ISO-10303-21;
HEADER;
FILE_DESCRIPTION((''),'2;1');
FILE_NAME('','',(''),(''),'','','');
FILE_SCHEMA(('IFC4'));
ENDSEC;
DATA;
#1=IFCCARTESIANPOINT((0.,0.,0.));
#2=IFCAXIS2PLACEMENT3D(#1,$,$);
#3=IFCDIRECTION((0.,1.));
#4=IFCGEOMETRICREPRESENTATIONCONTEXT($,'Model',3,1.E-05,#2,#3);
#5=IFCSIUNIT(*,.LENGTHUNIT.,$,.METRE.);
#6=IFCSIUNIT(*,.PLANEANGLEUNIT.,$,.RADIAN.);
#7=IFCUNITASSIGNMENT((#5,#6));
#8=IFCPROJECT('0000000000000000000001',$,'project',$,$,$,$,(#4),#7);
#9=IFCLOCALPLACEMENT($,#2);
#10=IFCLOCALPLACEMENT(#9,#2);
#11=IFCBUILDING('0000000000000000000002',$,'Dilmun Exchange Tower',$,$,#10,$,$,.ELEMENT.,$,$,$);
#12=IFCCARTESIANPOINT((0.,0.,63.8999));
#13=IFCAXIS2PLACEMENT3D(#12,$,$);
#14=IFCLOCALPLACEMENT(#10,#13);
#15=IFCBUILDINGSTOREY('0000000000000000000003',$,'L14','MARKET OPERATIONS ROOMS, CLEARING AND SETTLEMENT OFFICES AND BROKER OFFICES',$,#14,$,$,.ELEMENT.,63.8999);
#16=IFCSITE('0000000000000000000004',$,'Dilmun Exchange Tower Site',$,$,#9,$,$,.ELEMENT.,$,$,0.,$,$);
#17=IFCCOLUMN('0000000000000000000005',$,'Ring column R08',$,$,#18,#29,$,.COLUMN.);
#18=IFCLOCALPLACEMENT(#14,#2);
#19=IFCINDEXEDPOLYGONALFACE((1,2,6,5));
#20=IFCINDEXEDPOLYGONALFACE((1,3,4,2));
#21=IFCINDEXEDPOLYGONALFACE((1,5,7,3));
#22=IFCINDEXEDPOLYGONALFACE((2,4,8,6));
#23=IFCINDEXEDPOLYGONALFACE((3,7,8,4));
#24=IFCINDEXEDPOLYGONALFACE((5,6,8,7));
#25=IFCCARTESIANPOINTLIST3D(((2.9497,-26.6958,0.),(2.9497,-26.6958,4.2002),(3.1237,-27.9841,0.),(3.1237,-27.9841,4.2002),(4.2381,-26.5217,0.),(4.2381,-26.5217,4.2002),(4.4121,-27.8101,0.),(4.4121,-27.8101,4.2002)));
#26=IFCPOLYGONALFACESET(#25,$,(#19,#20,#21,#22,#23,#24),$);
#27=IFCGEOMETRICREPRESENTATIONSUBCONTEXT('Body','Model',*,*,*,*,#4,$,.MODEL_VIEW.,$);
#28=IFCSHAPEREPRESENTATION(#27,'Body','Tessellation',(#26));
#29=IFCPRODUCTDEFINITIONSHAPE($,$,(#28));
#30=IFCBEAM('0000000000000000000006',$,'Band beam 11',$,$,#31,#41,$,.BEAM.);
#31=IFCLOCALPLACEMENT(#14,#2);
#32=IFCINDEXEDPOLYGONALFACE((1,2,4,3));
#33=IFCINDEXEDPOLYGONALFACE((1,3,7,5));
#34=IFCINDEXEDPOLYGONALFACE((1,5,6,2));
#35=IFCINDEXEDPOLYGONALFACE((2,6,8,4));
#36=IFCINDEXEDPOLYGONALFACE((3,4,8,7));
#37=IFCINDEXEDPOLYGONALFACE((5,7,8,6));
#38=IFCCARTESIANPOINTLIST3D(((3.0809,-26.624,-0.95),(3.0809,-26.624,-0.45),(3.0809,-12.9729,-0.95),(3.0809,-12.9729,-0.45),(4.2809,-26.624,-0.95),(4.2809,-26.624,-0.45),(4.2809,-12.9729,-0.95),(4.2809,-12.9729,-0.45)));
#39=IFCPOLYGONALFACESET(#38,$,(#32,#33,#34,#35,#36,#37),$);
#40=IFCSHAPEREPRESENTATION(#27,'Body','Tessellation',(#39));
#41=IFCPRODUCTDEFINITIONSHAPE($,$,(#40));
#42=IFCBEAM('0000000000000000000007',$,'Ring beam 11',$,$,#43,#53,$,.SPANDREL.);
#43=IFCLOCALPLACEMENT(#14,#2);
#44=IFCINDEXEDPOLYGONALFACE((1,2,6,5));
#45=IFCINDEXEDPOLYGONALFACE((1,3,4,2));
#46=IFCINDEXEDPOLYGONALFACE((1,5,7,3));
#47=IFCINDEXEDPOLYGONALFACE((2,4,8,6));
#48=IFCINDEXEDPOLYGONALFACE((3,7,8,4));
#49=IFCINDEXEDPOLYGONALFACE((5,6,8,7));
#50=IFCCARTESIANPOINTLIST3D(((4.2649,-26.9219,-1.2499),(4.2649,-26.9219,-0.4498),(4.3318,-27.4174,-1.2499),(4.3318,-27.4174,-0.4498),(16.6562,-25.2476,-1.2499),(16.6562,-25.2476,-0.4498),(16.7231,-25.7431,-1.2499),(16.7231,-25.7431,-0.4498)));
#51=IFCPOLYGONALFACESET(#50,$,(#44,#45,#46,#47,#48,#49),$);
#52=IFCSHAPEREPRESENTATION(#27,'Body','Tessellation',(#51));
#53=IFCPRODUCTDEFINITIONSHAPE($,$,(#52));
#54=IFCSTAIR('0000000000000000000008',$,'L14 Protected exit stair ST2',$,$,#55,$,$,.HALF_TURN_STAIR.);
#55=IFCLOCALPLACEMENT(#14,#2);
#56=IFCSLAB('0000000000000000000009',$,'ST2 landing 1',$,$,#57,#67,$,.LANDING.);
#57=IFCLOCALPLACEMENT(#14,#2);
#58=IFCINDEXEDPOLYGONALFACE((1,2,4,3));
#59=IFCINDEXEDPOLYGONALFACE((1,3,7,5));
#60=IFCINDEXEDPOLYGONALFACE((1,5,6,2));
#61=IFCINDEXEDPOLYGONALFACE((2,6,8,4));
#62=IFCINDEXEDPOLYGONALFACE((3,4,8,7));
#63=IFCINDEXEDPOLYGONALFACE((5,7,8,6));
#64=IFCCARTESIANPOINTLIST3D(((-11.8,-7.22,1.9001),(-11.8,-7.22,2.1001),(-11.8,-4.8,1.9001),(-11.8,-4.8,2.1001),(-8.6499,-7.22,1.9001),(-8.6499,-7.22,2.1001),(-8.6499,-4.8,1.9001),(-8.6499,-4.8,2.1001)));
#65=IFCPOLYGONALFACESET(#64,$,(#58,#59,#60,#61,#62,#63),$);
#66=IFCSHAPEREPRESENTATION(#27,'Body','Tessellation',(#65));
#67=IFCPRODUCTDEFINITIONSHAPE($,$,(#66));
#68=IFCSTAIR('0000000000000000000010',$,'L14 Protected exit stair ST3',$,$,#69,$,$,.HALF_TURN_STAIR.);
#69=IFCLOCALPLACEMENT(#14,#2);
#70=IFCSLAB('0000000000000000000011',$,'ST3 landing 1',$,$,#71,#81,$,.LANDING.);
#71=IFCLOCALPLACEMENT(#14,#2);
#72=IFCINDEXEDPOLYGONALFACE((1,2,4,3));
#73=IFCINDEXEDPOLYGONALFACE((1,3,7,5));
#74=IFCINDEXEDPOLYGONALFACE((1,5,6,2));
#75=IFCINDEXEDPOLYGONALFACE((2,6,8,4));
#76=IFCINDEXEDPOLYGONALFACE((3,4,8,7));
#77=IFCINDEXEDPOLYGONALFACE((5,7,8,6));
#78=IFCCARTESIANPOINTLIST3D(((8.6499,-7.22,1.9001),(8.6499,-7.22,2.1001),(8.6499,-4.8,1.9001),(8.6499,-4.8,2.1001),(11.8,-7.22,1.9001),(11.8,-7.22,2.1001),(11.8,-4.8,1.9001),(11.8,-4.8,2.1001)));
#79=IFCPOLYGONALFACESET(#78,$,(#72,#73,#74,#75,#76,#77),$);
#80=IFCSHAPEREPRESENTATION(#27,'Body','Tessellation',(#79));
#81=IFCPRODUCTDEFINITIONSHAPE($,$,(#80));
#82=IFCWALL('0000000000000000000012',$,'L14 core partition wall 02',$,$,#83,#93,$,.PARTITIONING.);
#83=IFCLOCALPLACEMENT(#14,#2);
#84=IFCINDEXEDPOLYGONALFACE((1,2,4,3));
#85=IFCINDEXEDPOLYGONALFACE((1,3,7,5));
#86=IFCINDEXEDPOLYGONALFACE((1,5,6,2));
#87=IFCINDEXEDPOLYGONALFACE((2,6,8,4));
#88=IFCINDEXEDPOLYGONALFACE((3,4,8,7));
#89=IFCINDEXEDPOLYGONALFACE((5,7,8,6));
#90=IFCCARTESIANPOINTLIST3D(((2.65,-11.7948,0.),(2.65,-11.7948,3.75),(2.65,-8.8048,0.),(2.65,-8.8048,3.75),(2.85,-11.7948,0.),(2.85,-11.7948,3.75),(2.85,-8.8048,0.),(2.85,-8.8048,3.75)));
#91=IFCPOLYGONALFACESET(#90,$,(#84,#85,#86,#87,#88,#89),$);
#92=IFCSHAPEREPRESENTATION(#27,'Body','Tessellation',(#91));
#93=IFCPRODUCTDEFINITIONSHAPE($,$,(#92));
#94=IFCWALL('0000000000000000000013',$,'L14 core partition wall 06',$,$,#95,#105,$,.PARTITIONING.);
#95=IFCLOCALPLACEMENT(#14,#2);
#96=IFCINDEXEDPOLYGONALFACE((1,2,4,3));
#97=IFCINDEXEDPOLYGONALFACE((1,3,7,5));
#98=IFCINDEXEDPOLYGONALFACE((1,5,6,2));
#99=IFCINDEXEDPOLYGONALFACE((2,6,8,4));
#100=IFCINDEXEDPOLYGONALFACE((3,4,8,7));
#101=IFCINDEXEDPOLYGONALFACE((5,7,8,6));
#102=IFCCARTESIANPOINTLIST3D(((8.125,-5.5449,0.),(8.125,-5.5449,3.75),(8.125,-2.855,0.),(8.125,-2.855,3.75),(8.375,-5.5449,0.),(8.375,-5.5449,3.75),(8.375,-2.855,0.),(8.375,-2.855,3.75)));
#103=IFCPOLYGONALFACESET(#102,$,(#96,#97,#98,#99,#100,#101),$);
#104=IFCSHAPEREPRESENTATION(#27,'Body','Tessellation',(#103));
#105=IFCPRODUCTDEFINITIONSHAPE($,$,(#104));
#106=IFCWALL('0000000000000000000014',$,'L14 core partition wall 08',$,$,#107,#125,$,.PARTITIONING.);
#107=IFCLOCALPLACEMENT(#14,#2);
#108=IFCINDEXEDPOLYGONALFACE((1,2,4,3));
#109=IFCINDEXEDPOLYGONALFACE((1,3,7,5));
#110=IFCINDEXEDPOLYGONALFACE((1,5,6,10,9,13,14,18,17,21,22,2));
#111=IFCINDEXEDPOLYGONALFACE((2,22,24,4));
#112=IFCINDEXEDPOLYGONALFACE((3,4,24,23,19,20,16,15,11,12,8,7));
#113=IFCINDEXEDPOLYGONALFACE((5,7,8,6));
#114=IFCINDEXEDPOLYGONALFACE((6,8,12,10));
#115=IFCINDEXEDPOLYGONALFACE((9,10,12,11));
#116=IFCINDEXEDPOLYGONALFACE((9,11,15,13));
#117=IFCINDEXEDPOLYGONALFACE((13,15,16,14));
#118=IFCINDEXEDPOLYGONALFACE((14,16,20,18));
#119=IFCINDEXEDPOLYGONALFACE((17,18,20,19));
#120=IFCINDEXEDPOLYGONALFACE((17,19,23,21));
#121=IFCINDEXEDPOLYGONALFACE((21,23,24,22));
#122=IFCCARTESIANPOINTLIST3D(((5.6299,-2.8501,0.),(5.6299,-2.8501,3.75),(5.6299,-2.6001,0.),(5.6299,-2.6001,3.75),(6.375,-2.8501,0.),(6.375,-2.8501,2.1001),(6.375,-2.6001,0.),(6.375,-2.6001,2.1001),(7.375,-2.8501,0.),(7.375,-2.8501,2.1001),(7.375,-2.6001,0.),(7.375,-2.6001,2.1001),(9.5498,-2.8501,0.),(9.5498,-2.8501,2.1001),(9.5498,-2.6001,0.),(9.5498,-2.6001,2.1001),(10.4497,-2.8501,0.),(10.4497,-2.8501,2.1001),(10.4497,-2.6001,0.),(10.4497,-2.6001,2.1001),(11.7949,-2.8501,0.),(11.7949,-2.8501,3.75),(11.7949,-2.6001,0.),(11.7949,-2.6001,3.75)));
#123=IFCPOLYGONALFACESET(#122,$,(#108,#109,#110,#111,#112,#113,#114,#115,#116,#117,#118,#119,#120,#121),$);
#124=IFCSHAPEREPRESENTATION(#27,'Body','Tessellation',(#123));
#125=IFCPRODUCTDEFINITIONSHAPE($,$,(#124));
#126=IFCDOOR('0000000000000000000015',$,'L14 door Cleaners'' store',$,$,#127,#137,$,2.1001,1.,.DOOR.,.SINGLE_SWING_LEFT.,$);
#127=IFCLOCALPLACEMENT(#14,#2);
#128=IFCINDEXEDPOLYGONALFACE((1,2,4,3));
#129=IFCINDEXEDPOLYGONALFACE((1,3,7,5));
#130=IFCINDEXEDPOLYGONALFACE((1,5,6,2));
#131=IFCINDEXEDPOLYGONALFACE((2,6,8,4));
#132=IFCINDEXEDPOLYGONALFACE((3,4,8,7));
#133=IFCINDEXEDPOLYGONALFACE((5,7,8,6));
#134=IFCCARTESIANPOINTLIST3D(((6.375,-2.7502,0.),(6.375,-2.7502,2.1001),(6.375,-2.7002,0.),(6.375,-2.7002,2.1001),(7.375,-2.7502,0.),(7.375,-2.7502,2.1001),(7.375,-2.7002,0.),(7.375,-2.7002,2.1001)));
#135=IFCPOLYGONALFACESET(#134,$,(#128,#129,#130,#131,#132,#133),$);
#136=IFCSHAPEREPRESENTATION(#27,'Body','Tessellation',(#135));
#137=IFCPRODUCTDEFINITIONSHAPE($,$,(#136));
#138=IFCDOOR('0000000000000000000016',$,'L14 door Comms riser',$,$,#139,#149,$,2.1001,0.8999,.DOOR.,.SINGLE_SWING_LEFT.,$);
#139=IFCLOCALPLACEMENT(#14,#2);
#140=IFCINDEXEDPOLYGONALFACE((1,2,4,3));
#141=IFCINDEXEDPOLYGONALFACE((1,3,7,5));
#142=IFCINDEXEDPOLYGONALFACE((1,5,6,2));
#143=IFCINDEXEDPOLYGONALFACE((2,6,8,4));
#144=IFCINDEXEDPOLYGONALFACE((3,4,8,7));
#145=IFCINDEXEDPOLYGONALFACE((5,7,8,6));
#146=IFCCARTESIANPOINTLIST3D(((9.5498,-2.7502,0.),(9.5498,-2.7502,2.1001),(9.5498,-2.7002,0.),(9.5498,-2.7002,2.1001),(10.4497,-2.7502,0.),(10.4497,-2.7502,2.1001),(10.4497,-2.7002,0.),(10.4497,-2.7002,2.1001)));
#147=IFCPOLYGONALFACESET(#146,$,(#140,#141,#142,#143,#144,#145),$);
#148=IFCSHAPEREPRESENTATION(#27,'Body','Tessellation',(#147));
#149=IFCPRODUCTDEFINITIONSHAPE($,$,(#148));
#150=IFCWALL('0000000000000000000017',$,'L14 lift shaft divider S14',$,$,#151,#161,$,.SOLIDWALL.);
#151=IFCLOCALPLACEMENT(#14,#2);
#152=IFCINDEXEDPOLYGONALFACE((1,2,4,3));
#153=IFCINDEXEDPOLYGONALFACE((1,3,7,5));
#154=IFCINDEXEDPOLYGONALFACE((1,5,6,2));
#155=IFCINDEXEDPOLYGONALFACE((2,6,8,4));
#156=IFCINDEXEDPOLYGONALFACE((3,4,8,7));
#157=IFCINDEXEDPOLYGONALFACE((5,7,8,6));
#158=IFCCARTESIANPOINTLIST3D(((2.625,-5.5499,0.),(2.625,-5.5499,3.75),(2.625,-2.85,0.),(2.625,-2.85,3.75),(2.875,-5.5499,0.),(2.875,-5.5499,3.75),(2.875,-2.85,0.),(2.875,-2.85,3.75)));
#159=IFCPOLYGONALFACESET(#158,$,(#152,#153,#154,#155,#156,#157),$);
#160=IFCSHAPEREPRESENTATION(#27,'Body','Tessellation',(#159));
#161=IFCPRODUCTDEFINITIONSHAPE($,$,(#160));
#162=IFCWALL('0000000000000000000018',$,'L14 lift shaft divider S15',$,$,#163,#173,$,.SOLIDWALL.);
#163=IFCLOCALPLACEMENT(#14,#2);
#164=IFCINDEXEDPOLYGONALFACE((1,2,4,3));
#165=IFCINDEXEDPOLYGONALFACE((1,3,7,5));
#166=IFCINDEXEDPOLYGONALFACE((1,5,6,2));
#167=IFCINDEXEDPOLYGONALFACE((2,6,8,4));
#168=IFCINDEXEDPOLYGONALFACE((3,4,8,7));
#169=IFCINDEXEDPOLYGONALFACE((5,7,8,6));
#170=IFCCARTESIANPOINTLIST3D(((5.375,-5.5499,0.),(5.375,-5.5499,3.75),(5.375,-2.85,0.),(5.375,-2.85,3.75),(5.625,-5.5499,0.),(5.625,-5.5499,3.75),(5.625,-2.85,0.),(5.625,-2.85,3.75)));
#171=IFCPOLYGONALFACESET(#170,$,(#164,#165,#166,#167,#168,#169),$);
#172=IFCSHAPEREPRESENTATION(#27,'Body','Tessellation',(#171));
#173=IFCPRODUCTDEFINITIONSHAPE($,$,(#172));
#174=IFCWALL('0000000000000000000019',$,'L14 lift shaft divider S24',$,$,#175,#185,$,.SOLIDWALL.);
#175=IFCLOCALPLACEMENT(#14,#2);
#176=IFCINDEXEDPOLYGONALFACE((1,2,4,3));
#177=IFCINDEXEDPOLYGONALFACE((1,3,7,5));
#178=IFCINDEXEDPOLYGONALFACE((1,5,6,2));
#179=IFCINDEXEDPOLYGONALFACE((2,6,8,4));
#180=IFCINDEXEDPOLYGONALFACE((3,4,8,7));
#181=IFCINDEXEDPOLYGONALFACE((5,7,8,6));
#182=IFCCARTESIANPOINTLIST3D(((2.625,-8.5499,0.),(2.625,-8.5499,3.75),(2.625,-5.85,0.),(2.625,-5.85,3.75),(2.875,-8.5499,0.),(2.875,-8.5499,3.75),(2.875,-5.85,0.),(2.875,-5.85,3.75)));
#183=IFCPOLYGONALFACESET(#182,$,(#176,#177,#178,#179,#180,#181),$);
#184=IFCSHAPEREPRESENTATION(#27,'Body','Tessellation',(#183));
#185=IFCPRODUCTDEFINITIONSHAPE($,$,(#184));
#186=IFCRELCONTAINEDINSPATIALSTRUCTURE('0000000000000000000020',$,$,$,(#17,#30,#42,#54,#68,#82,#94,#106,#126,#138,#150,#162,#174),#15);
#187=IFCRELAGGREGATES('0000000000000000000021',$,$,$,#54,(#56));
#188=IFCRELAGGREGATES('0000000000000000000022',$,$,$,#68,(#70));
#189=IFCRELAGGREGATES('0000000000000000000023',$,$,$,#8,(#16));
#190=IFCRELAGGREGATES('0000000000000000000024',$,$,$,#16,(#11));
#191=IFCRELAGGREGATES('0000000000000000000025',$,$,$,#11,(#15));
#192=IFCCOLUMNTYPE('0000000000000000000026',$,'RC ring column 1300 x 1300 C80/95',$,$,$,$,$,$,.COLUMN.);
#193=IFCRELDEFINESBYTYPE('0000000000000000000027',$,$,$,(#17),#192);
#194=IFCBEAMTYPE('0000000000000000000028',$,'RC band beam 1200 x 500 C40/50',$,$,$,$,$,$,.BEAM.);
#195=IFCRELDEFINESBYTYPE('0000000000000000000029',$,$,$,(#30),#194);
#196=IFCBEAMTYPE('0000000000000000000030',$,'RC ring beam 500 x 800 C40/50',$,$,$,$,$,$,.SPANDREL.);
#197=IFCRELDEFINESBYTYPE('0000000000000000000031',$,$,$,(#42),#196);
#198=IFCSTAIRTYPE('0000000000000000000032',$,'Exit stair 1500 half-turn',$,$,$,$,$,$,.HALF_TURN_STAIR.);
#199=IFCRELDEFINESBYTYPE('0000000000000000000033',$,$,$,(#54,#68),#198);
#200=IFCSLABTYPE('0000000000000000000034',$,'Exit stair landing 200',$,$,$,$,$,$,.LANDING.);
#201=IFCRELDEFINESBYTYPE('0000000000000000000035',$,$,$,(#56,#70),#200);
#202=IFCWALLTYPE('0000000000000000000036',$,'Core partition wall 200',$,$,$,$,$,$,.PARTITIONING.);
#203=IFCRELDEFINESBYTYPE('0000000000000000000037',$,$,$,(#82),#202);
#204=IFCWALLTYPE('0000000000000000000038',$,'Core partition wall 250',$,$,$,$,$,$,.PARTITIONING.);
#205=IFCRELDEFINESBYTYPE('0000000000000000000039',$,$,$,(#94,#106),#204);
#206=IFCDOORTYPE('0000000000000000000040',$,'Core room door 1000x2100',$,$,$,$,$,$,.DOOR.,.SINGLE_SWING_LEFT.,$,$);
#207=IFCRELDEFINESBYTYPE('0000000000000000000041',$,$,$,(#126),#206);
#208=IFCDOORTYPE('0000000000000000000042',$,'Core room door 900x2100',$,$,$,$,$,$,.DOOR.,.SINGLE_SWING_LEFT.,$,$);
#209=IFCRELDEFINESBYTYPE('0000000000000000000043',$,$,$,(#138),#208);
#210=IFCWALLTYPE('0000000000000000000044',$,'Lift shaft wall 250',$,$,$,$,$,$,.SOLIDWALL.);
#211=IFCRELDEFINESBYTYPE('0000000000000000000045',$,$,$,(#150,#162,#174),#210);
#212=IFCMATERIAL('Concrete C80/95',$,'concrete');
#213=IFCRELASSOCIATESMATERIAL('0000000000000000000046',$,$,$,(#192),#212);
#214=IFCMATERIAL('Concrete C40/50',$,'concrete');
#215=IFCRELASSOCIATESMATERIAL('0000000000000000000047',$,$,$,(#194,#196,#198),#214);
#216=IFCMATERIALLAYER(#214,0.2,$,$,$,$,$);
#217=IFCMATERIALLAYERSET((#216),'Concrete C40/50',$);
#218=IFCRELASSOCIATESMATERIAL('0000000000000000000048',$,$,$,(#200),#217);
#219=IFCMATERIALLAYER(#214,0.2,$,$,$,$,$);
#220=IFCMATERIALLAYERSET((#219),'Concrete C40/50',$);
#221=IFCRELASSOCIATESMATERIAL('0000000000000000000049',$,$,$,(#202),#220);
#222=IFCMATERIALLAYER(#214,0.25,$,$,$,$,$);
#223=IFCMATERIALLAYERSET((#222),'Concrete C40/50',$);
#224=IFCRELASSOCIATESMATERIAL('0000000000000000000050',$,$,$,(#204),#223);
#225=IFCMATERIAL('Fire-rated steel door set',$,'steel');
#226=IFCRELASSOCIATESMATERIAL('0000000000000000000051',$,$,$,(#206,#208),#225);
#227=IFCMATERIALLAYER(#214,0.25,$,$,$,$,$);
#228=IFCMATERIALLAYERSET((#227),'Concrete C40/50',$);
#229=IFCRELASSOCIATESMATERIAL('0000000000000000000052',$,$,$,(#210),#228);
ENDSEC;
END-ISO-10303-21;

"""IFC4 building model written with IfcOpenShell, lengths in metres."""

from ifc_helpers import new_model, si_unit, direction, frame, frame_2d, origin, origin_2d, place, context, subcontext, project, spatial, polyline, rectangle, outline, extrude, material, layer, layer_set, material_profile, profile_set, type_object, element, fill, aggregate, save


model = new_model("IFC4")

# Units and contexts
model_context = context("Model", 3, precision=1e-05, world=origin(), true_north=direction((0.0, 1.0)))
body_context = subcontext(model_context, "Body", "Model", "MODEL_VIEW")
ifc_project = project(units=[si_unit("LENGTHUNIT", "METRE"), si_unit("PLANEANGLEUNIT", "RADIAN")], contexts=[model_context])

# Site, building, storey
site_placement = place(None, origin())
site = spatial("IfcSite", under=ifc_project, at=site_placement, Name="Dilmun Exchange Tower Site", CompositionType="ELEMENT", RefElevation=0.0)
building_placement = place(site_placement, origin())
building = spatial("IfcBuilding", under=site, at=building_placement, Name="Dilmun Exchange Tower", CompositionType="ELEMENT")
storey_placement = place(building_placement, frame((0.0, 0.0, 63.8999)))
storey = spatial("IfcBuildingStorey", under=building, at=storey_placement, Name="L14", Description="MARKET OPERATIONS ROOMS, CLEARING AND SETTLEMENT OFFICES AND BROKER OFFICES", CompositionType="ELEMENT", Elevation=63.8999)

# Column
ifc_material_1 = material(Name="Concrete C80/95", Category="concrete")
ifc_material_profile_1 = material_profile(ifc_material_1, rectangle(XDim=1.3, YDim=1.3, at=origin_2d()), Name="1300 x 1300")
ifc_profile_set_1 = profile_set([ifc_material_profile_1], Name="Concrete C80/95")
column_type = type_object("IfcColumnType", Name="RC ring column 1300 x 1300 C80/95", PredefinedType="COLUMN", material=ifc_profile_set_1)
column_placement = place(storey_placement, frame((3.6809, -27.2529, 0.0), z_axis=(0.0, 0.0, 1.0), x_axis=(0.991001, 0.133853, 0.0)))
element("IfcColumn", 1, at=column_placement, inside=storey, type_object=column_type, Name="Ring column R08", PredefinedType="COLUMN", context=body_context, shape_type="SweptSolid", body=[
    extrude(rectangle(XDim=1.3, YDim=1.3, at=origin_2d()), origin(), (0.0, 0.0, 1.0), 4.2002),
])

# Beams
ifc_material_2 = material(Name="Concrete C40/50", Category="concrete")
ifc_material_profile_2 = material_profile(ifc_material_2, rectangle(XDim=1.2, YDim=0.5, at=origin_2d()), Name="1200 x 500")
ifc_profile_set_2 = profile_set([ifc_material_profile_2], Name="Concrete C40/50")
beam_type_1 = type_object("IfcBeamType", Name="RC band beam 1200 x 500 C40/50", PredefinedType="BEAM", material=ifc_profile_set_2)
beam_1_placement = place(storey_placement, frame((3.6809, -26.624, -0.7), z_axis=(0.0, 1.0, 0.0), x_axis=(-1.0, 0.0, 0.0)))
element("IfcBeam", 2, at=beam_1_placement, inside=storey, type_object=beam_type_1, Name="Band beam 11", PredefinedType="BEAM", context=body_context, shape_type="SweptSolid", body=[
    extrude(rectangle(XDim=1.2, YDim=0.5, at=origin_2d()), origin(), (0.0, 0.0, 1.0), 13.6511),
])
ifc_material_profile_3 = material_profile(ifc_material_2, rectangle(XDim=0.5, YDim=0.8, at=origin_2d()), Name="500 x 800")
ifc_profile_set_3 = profile_set([ifc_material_profile_3], Name="Concrete C40/50")
beam_type_2 = type_object("IfcBeamType", Name="RC ring beam 500 x 800 C40/50", PredefinedType="SPANDREL", material=ifc_profile_set_3)
beam_2_placement = place(storey_placement, frame((4.2983, -27.1697, -0.8499), z_axis=(0.990994, 0.133903, 0.0), x_axis=(-0.133903, 0.990994, 0.0)))
element("IfcBeam", 3, at=beam_2_placement, inside=storey, type_object=beam_type_2, Name="Ring beam 11", PredefinedType="SPANDREL", context=body_context, shape_type="SweptSolid", body=[
    extrude(rectangle(XDim=0.5, YDim=0.8, at=origin_2d()), origin(), (0.0, 0.0, 1.0), 12.5039),
])

# Stairs, slabs
stair_type = type_object("IfcStairType", Name="Exit stair 1500 half-turn", PredefinedType="HALF_TURN_STAIR", material=ifc_material_2)
stair_1_placement = place(storey_placement, origin())
stair_1 = element("IfcStair", 4, at=stair_1_placement, inside=storey, type_object=stair_type, Name="L14 Protected exit stair ST2", PredefinedType="HALF_TURN_STAIR")
ifc_layer_1 = layer(ifc_material_2, 0.2)
ifc_layer_set_1 = layer_set([ifc_layer_1], Name="Concrete C40/50")
slab_type = type_object("IfcSlabType", Name="Exit stair landing 200", PredefinedType="LANDING", material=ifc_layer_set_1)
slab_1_placement = place(storey_placement, frame((0.0, 0.0, 1.9001)))
slab_1 = element("IfcSlab", 5, at=slab_1_placement, type_object=slab_type, Name="ST2 landing 1", PredefinedType="LANDING", context=body_context, shape_type="SweptSolid", body=[
    extrude(outline(polyline([(-8.6499, -7.22), (-8.6499, -4.8), (-11.8, -4.8), (-11.8, -7.22), (-8.6499, -7.22)])), origin(), (0.0, 0.0, 1.0), 0.2),
])
aggregate(stair_1, [slab_1])
stair_2_placement = place(storey_placement, origin())
stair_2 = element("IfcStair", 6, at=stair_2_placement, inside=storey, type_object=stair_type, Name="L14 Protected exit stair ST3", PredefinedType="HALF_TURN_STAIR")
slab_2_placement = place(storey_placement, frame((0.0, 0.0, 1.9001)))
slab_2 = element("IfcSlab", 7, at=slab_2_placement, type_object=slab_type, Name="ST3 landing 1", PredefinedType="LANDING", context=body_context, shape_type="SweptSolid", body=[
    extrude(outline(polyline([(11.8, -7.22), (11.8, -4.8), (8.6499, -4.8), (8.6499, -7.22), (11.8, -7.22)])), origin(), (0.0, 0.0, 1.0), 0.2),
])
aggregate(stair_2, [slab_2])

# Wall
ifc_layer_2 = layer(ifc_material_2, 0.2)
ifc_layer_set_2 = layer_set([ifc_layer_2], Name="Concrete C40/50")
wall_type_1 = type_object("IfcWallType", Name="Core partition wall 200", PredefinedType="PARTITIONING", material=ifc_layer_set_2)
wall_1_placement = place(storey_placement, frame((2.75, -11.7949, 0.0), z_axis=(0.0, 0.0, 1.0), x_axis=(0.0, 1.0, 0.0)))
element("IfcWall", 8, at=wall_1_placement, inside=storey, type_object=wall_type_1, Name="L14 core partition wall 02", PredefinedType="PARTITIONING", context=body_context, shape_type="SweptSolid", body=[
    extrude(rectangle(XDim=2.99, YDim=0.2, at=frame_2d((1.4951, 0.0))), origin(), (0.0, 0.0, 1.0), 3.75),
])

# Shared definitions
ifc_material_3 = material(Name="Fire-rated steel door set", Category="steel")

# Wall
ifc_layer_3 = layer(ifc_material_2, 0.25)
ifc_layer_set_3 = layer_set([ifc_layer_3], Name="Concrete C40/50")
wall_type_2 = type_object("IfcWallType", Name="Core partition wall 250", PredefinedType="PARTITIONING", material=ifc_layer_set_3)
wall_2_placement = place(storey_placement, frame((8.25, -5.5449, 0.0), z_axis=(0.0, 0.0, 1.0), x_axis=(0.0, 1.0, 0.0)))
element("IfcWall", 9, at=wall_2_placement, inside=storey, type_object=wall_type_2, Name="L14 core partition wall 06", PredefinedType="PARTITIONING", context=body_context, shape_type="SweptSolid", body=[
    extrude(rectangle(XDim=2.6899, YDim=0.25, at=frame_2d((1.345, 0.0))), origin(), (0.0, 0.0, 1.0), 3.75),
])

# Wall, openings, doors
wall_3_placement = place(storey_placement, frame((5.6299, -2.7251, 0.0), z_axis=(0.0, 0.0, 1.0), x_axis=(1.0, 0.0, 0.0)))
wall_3 = element("IfcWall", 10, at=wall_3_placement, inside=storey, type_object=wall_type_2, Name="L14 core partition wall 08", PredefinedType="PARTITIONING", context=body_context, shape_type="SweptSolid", body=[
    extrude(rectangle(XDim=6.165, YDim=0.25, at=frame_2d((3.0825, 0.0))), origin(), (0.0, 0.0, 1.0), 3.75),
])
opening_1_placement = place(wall_3_placement, frame((0.7451, 0.0, 0.0)))
opening_1 = element("IfcOpeningElement", 11, at=opening_1_placement, cuts=wall_3, PredefinedType="OPENING", context=body_context, shape_type="SweptSolid", body=[
    extrude(rectangle(XDim=1.0, YDim=2.1001, at=frame_2d((0.5, 1.05))), frame((0.0, 0.135, 0.0), z_axis=(0.0, -1.0, 0.0), x_axis=(1.0, 0.0, 0.0)), (0.0, 0.0, 1.0), 0.27),
])
opening_2_placement = place(wall_3_placement, frame((3.9199, 0.0, 0.0)))
opening_2 = element("IfcOpeningElement", 12, at=opening_2_placement, cuts=wall_3, PredefinedType="OPENING", context=body_context, shape_type="SweptSolid", body=[
    extrude(rectangle(XDim=0.8999, YDim=2.1001, at=frame_2d((0.45, 1.05))), frame((0.0, 0.135, 0.0), z_axis=(0.0, -1.0, 0.0), x_axis=(1.0, 0.0, 0.0)), (0.0, 0.0, 1.0), 0.27),
])
door_type_1 = type_object("IfcDoorType", Name="Core room door 1000x2100", OperationType="SINGLE_SWING_LEFT", PredefinedType="DOOR", material=ifc_material_3)
door_1_placement = place(opening_1_placement, origin())
door_1 = element("IfcDoor", 13, at=door_1_placement, inside=storey, type_object=door_type_1, Name="L14 door Cleaners' store", OperationType="SINGLE_SWING_LEFT", OverallHeight=2.1001, OverallWidth=1.0, PredefinedType="DOOR", context=body_context, shape_type="SweptSolid", body=[
    extrude(rectangle(XDim=1.0, YDim=2.1001, at=frame_2d((0.5, 1.05))), frame((0.0, 0.0249, 0.0), z_axis=(0.0, -1.0, 0.0), x_axis=(1.0, 0.0, 0.0)), (0.0, 0.0, 1.0), 0.05),
])
fill(opening_1, door_1)
door_type_2 = type_object("IfcDoorType", Name="Core room door 900x2100", OperationType="SINGLE_SWING_LEFT", PredefinedType="DOOR", material=ifc_material_3)
door_2_placement = place(opening_2_placement, origin())
door_2 = element("IfcDoor", 14, at=door_2_placement, inside=storey, type_object=door_type_2, Name="L14 door Comms riser", OperationType="SINGLE_SWING_LEFT", OverallHeight=2.1001, OverallWidth=0.8999, PredefinedType="DOOR", context=body_context, shape_type="SweptSolid", body=[
    extrude(rectangle(XDim=0.8999, YDim=2.1001, at=frame_2d((0.45, 1.05))), frame((0.0, 0.0249, 0.0), z_axis=(0.0, -1.0, 0.0), x_axis=(1.0, 0.0, 0.0)), (0.0, 0.0, 1.0), 0.05),
])
fill(opening_2, door_2)

# Walls
ifc_layer_4 = layer(ifc_material_2, 0.25)
ifc_layer_set_4 = layer_set([ifc_layer_4], Name="Concrete C40/50")
wall_type_3 = type_object("IfcWallType", Name="Lift shaft wall 250", PredefinedType="SOLIDWALL", material=ifc_layer_set_4)
for number, where, z_axis, x_axis, name in (
    (15, (2.75, -5.55, 0.0), (0.0, 0.0, 1.0), (0.0, 1.0, 0.0), "L14 lift shaft divider S14"),
    (16, (5.5, -5.55, 0.0), (0.0, 0.0, 1.0), (0.0, 1.0, 0.0), "L14 lift shaft divider S15"),
    (17, (2.75, -8.55, 0.0), (0.0, 0.0, 1.0), (0.0, 1.0, 0.0), "L14 lift shaft divider S24"),
):
    element("IfcWall", number, at=place(storey_placement, frame(where, z_axis=z_axis, x_axis=x_axis)), inside=storey, type_object=wall_type_3, Name=name, PredefinedType="SOLIDWALL", context=body_context, shape_type="SweptSolid", body=[
        extrude(rectangle(XDim=2.7, YDim=0.25, at=frame_2d((1.3501, 0.0))), origin(), (0.0, 0.0, 1.0), 3.75),
    ])

save(model, "model.ifc")
